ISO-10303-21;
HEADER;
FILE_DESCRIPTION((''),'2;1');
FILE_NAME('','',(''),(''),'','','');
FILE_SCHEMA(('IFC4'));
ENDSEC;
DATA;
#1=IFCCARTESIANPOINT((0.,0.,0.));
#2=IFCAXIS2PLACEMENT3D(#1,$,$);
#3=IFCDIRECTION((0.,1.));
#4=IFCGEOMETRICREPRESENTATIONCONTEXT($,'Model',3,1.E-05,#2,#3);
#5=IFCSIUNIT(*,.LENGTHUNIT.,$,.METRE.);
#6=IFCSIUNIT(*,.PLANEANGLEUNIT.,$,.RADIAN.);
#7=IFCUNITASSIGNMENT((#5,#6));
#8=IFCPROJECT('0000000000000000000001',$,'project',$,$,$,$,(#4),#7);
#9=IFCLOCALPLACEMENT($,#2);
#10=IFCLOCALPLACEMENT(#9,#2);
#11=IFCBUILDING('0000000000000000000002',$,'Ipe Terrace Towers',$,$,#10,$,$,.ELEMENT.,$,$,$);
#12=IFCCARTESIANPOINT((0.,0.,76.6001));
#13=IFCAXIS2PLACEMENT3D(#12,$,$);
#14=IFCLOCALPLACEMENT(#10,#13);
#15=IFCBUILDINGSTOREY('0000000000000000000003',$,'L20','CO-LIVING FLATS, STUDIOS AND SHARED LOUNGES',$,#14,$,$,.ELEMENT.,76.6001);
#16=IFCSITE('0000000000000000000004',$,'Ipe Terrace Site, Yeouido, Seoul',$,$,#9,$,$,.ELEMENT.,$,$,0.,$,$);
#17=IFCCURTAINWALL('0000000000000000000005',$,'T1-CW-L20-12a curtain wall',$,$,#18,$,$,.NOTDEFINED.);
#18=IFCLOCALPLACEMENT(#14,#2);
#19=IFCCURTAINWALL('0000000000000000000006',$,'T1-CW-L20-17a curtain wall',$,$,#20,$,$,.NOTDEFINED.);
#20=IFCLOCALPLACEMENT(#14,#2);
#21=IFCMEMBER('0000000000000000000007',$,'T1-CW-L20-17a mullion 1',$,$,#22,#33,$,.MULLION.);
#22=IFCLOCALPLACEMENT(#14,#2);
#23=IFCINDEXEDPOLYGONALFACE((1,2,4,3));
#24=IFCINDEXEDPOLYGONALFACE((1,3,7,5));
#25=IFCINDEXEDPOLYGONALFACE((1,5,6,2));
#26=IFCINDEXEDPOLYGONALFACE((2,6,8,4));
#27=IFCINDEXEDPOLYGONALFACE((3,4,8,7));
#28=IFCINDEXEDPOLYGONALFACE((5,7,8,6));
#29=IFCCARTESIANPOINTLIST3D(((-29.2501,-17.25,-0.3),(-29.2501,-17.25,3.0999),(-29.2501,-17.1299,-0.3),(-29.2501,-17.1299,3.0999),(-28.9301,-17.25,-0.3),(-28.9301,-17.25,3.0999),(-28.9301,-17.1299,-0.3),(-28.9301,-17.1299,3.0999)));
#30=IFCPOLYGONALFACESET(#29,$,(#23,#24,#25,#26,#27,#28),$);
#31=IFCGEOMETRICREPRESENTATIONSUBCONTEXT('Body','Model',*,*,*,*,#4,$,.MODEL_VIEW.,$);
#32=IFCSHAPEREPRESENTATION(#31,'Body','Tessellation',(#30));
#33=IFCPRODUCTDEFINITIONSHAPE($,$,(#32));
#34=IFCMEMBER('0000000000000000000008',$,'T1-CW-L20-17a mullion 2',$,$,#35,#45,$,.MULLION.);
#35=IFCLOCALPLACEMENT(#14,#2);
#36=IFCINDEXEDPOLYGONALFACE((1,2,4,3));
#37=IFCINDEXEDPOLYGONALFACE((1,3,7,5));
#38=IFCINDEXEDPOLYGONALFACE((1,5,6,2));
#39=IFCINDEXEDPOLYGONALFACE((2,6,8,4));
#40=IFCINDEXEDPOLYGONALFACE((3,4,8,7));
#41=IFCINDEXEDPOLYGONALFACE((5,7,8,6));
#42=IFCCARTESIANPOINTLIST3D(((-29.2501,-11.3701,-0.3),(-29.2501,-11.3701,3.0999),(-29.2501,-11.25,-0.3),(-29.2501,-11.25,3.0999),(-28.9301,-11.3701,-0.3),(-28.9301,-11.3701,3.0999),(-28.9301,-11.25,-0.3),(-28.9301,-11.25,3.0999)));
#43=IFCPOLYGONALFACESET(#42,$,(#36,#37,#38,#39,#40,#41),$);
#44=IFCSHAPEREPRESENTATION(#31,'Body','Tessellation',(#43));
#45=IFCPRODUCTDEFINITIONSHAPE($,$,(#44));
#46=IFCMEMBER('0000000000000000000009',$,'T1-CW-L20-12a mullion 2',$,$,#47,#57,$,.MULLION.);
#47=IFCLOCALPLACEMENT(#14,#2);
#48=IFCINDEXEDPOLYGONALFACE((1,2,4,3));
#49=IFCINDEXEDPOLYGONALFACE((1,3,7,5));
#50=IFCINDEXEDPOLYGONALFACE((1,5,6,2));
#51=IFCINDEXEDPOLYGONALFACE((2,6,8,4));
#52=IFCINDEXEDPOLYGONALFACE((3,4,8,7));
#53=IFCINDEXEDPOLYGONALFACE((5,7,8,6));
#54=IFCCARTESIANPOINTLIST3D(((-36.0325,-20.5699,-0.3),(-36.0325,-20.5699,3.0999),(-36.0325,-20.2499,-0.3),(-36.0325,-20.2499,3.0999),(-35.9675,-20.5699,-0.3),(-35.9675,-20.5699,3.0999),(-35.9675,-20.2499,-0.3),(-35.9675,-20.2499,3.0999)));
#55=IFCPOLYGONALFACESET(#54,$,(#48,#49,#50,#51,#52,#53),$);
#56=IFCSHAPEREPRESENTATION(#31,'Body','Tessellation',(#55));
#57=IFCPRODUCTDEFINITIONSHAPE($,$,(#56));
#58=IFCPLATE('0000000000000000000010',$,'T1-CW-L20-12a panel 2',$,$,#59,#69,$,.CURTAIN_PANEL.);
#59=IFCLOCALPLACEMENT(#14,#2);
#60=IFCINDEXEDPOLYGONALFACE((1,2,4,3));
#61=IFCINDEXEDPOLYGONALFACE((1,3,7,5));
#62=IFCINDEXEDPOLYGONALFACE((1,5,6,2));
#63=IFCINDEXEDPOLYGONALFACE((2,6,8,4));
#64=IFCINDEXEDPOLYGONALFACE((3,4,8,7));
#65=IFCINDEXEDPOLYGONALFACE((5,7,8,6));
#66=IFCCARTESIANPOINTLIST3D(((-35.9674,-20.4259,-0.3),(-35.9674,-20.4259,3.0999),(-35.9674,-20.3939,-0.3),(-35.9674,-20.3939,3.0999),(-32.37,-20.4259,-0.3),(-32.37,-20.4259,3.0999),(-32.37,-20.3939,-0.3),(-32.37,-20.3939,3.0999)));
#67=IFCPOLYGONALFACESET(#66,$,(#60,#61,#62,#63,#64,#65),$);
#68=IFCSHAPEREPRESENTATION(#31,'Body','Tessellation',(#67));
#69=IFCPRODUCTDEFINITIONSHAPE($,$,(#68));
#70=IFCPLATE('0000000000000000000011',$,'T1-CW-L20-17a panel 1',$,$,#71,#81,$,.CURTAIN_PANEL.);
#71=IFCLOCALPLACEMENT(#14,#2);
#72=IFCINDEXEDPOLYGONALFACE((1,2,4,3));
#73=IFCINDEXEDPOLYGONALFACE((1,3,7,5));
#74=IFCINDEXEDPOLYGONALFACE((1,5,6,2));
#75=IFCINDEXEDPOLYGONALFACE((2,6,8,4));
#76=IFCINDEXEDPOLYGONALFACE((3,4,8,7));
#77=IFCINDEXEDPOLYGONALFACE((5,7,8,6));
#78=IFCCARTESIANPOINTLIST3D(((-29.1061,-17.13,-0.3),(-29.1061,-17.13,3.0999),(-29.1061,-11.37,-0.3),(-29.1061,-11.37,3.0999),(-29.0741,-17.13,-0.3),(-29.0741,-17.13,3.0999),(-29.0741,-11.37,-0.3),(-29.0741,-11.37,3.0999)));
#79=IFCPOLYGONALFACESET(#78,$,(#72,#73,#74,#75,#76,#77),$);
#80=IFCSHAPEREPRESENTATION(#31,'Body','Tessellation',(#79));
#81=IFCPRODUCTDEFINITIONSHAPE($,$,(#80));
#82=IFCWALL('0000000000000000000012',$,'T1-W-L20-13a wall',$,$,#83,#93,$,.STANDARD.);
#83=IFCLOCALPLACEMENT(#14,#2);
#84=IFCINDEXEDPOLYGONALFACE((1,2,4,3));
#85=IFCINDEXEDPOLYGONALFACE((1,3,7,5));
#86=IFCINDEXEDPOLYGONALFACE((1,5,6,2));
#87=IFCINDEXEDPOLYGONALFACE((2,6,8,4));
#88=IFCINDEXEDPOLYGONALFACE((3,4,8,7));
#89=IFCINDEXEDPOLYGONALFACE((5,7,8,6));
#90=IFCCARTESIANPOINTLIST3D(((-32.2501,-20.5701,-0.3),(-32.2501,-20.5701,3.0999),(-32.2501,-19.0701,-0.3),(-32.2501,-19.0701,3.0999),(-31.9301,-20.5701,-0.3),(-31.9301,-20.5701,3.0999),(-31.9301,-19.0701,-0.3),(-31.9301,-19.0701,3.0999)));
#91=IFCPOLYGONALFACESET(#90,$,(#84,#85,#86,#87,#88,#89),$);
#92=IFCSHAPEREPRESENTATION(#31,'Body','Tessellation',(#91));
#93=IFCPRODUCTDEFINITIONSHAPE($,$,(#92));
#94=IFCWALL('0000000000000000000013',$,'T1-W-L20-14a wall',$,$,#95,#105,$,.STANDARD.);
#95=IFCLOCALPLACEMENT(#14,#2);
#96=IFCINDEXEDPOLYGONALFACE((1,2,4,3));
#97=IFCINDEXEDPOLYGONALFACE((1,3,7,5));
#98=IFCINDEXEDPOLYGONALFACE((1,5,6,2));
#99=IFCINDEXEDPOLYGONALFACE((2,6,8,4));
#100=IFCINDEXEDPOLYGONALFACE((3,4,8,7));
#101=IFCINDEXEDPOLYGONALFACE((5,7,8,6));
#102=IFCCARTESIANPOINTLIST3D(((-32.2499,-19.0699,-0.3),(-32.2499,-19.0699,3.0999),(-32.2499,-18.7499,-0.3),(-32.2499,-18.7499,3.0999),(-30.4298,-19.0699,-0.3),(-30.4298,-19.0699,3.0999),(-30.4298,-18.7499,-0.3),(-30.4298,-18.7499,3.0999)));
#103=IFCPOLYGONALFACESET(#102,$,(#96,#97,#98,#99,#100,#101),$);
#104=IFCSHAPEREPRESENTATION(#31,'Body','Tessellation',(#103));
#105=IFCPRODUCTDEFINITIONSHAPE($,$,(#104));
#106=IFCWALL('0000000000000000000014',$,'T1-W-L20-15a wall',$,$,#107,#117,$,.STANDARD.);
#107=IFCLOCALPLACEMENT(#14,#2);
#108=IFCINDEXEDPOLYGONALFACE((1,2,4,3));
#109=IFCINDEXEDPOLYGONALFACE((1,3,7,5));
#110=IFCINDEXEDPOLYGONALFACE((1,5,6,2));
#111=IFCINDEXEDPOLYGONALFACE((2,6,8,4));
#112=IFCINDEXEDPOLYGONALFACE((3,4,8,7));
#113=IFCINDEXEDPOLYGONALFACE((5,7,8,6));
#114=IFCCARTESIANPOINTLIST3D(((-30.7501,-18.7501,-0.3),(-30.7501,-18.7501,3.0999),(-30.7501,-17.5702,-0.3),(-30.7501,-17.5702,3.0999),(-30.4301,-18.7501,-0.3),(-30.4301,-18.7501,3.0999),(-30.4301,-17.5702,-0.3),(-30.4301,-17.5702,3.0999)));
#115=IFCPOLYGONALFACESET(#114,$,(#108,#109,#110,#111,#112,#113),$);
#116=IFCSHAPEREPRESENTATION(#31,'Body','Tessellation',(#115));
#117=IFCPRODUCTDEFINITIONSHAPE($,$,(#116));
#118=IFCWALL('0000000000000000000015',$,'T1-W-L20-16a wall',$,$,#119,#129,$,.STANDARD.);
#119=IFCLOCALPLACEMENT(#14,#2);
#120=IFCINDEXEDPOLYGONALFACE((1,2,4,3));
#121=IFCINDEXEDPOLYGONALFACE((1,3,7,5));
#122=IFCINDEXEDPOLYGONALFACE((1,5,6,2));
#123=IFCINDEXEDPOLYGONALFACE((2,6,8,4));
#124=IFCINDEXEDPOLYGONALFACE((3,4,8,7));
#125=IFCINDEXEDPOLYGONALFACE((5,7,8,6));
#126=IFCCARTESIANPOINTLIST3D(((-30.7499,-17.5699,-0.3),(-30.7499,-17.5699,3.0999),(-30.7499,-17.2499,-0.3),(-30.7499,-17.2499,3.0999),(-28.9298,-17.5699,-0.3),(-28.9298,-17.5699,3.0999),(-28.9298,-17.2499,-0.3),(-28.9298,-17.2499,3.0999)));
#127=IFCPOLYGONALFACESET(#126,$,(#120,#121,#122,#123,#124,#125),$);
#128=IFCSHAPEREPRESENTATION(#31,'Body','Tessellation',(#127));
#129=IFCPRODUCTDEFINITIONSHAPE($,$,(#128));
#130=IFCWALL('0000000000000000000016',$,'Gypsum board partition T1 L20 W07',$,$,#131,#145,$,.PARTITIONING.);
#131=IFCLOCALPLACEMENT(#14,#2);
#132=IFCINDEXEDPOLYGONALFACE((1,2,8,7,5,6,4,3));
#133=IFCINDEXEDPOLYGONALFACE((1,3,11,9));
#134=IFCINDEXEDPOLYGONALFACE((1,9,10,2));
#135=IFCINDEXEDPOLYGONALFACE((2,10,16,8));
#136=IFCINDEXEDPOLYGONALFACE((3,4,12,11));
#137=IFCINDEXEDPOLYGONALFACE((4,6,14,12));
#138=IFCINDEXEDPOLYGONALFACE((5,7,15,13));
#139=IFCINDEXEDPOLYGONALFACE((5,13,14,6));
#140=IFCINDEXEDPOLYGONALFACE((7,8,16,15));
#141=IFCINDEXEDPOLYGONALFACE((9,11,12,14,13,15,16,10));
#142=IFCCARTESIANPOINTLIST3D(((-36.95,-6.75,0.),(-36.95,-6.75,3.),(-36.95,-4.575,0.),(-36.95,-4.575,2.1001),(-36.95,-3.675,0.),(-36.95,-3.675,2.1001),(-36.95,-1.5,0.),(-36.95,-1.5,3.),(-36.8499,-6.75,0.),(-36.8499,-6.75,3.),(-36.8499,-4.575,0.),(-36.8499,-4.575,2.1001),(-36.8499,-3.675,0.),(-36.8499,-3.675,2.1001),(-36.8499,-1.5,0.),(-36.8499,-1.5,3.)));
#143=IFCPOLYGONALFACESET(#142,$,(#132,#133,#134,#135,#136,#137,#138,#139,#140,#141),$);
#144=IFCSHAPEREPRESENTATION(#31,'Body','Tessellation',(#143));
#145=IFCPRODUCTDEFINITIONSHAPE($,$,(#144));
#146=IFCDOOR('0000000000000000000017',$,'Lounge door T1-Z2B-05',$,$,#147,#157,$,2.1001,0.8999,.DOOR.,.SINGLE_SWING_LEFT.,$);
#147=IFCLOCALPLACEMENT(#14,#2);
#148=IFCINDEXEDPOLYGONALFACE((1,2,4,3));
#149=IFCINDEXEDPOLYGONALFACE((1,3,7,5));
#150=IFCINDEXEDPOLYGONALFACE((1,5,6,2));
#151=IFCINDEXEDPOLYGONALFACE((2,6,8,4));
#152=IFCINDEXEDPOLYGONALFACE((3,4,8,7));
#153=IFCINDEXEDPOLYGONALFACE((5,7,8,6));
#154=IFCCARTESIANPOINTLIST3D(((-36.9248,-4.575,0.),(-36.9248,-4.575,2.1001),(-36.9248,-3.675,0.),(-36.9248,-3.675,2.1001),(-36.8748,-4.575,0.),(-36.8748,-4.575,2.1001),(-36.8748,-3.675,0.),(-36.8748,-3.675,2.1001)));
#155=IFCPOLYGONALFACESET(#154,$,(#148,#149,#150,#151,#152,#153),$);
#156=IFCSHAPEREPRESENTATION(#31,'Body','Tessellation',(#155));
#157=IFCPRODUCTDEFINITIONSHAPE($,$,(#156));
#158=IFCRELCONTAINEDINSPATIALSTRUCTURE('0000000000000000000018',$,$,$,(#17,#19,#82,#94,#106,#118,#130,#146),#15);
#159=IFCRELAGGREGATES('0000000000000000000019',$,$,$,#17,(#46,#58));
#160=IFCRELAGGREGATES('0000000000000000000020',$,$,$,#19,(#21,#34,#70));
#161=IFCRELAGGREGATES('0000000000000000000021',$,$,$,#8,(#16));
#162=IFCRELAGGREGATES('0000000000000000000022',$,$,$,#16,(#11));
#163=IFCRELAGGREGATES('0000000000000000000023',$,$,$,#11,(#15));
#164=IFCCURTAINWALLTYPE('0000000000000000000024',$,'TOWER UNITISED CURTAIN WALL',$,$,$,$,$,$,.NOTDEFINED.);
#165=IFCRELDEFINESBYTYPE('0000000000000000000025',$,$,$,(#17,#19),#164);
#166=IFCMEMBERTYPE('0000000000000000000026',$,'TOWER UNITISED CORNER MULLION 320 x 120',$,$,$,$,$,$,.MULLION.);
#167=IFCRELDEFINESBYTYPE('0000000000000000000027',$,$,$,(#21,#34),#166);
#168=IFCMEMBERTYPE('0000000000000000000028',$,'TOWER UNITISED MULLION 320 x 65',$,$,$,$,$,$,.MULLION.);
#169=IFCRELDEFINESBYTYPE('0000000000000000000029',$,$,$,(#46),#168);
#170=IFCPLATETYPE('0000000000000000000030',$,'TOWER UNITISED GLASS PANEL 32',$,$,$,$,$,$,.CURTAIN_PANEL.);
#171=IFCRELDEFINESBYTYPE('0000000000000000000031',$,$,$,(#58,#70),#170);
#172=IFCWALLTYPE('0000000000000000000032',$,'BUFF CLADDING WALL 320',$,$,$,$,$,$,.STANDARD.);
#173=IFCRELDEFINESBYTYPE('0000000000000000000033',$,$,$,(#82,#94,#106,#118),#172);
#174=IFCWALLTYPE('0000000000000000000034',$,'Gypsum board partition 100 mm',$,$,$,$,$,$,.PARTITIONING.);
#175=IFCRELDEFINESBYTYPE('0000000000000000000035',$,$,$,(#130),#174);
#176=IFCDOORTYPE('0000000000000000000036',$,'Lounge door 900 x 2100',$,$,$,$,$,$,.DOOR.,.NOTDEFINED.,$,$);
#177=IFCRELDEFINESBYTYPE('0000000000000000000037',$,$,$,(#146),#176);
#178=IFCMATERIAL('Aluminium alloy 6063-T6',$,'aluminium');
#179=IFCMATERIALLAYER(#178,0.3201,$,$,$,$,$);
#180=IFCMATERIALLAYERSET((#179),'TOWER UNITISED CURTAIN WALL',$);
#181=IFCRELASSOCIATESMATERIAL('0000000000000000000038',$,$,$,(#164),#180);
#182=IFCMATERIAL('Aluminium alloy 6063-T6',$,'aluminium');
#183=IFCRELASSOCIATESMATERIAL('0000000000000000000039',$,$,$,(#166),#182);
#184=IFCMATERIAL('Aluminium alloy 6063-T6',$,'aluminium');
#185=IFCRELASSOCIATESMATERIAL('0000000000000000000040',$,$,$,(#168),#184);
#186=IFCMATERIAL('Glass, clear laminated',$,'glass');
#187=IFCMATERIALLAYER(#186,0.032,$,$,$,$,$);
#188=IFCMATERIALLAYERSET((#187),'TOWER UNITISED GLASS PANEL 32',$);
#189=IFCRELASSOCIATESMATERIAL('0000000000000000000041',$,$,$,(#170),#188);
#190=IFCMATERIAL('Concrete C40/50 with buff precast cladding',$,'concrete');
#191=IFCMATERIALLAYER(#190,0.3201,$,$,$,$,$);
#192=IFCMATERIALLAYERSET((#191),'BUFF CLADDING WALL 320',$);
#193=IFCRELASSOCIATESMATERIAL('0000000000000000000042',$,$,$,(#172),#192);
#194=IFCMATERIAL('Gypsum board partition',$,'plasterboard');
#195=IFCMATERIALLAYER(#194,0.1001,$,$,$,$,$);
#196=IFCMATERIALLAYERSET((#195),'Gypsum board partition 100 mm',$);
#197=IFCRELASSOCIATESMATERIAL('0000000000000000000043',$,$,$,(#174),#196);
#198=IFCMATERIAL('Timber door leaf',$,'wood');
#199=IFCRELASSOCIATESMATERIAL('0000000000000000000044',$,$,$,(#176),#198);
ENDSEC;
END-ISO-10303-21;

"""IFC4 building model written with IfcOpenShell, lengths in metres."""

from ifc_helpers import new_model, si_unit, direction, frame, frame_2d, origin, origin_2d, place, context, subcontext, project, spatial, rectangle, extrude, material, layer, layer_set, material_profile, profile_set, type_object, element, fill, aggregate, save


model = new_model("IFC4")

# Units and contexts
model_context = context("Model", 3, precision=1e-05, world=origin(), true_north=direction((0.0, 1.0)))
body_context = subcontext(model_context, "Body", "Model", "MODEL_VIEW")
ifc_project = project(units=[si_unit("LENGTHUNIT", "METRE"), si_unit("PLANEANGLEUNIT", "RADIAN")], contexts=[model_context])

# Site, building, storey
site_placement = place(None, origin())
site = spatial("IfcSite", under=ifc_project, at=site_placement, Name="Ipe Terrace Site, Yeouido, Seoul", CompositionType="ELEMENT", RefElevation=0.0)
building_placement = place(site_placement, origin())
building = spatial("IfcBuilding", under=site, at=building_placement, Name="Ipe Terrace Towers", CompositionType="ELEMENT")
storey_placement = place(building_placement, frame((0.0, 0.0, 76.6001)))
storey = spatial("IfcBuildingStorey", under=building, at=storey_placement, Name="L20", Description="CO-LIVING FLATS, STUDIOS AND SHARED LOUNGES", CompositionType="ELEMENT", Elevation=76.6001)

# Curtain wall
ifc_material_1 = material(Name="Aluminium alloy 6063-T6", Category="aluminium")
ifc_layer_1 = layer(ifc_material_1, 0.3201)
ifc_layer_set_1 = layer_set([ifc_layer_1], Name="TOWER UNITISED CURTAIN WALL")
curtain_wall_type = type_object("IfcCurtainWallType", Name="TOWER UNITISED CURTAIN WALL", PredefinedType="NOTDEFINED", material=ifc_layer_set_1)
curtain_wall_1_placement = place(storey_placement, origin())
curtain_wall_1 = element("IfcCurtainWall", 1, at=curtain_wall_1_placement, inside=storey, type_object=curtain_wall_type, Name="T1-CW-L20-12a curtain wall", PredefinedType="NOTDEFINED")
ifc_material_2 = material(Name="Aluminium alloy 6063-T6", Category="aluminium")
ifc_material_profile_1 = material_profile(ifc_material_2, rectangle(XDim=0.3201, YDim=0.1201, at=origin_2d()), Name="TOWER UNITISED CORNER MULLION 320 x 120")
ifc_profile_set_1 = profile_set([ifc_material_profile_1], Name="Aluminium alloy 6063-T6")
member_type_1 = type_object("IfcMemberType", Name="TOWER UNITISED CORNER MULLION 320 x 120", PredefinedType="MULLION", material=ifc_profile_set_1)

# Curtain wall, members
curtain_wall_2_placement = place(storey_placement, origin())
curtain_wall_2 = element("IfcCurtainWall", 2, at=curtain_wall_2_placement, inside=storey, type_object=curtain_wall_type, Name="T1-CW-L20-17a curtain wall", PredefinedType="NOTDEFINED")
member_1_placement = place(storey_placement, frame((-29.0901, -17.1899, -0.3), z_axis=(0.0, 0.0, 1.0), x_axis=(1.0, 0.0, 0.0)))
member_1 = element("IfcMember", 3, at=member_1_placement, type_object=member_type_1, Name="T1-CW-L20-17a mullion 1", PredefinedType="MULLION", context=body_context, shape_type="SweptSolid", body=[
    extrude(rectangle(XDim=0.3201, YDim=0.1201, at=origin_2d()), origin(), (0.0, 0.0, 1.0), 3.3999),
])
member_2_placement = place(storey_placement, frame((-29.0901, -11.3101, -0.3), z_axis=(0.0, 0.0, 1.0), x_axis=(1.0, 0.0, 0.0)))
member_2 = element("IfcMember", 4, at=member_2_placement, type_object=member_type_1, Name="T1-CW-L20-17a mullion 2", PredefinedType="MULLION", context=body_context, shape_type="SweptSolid", body=[
    extrude(rectangle(XDim=0.3201, YDim=0.1201, at=origin_2d()), origin(), (0.0, 0.0, 1.0), 3.3999),
])

# Member
ifc_material_3 = material(Name="Aluminium alloy 6063-T6", Category="aluminium")
ifc_material_profile_2 = material_profile(ifc_material_3, rectangle(XDim=0.3201, YDim=0.0649, at=origin_2d()), Name="TOWER UNITISED MULLION 320 x 65")
ifc_profile_set_2 = profile_set([ifc_material_profile_2], Name="Aluminium alloy 6063-T6")
member_type_2 = type_object("IfcMemberType", Name="TOWER UNITISED MULLION 320 x 65", PredefinedType="MULLION", material=ifc_profile_set_2)
member_3_placement = place(storey_placement, frame((-36.0, -20.4099, -0.3), z_axis=(0.0, 0.0, 1.0), x_axis=(0.0, -1.0, 0.0)))
member_3 = element("IfcMember", 5, at=member_3_placement, type_object=member_type_2, Name="T1-CW-L20-12a mullion 2", PredefinedType="MULLION", context=body_context, shape_type="SweptSolid", body=[
    extrude(rectangle(XDim=0.3201, YDim=0.0649, at=origin_2d()), origin(), (0.0, 0.0, 1.0), 3.3999),
])

# Plates
ifc_material_4 = material(Name="Glass, clear laminated", Category="glass")
ifc_layer_2 = layer(ifc_material_4, 0.032)
ifc_layer_set_2 = layer_set([ifc_layer_2], Name="TOWER UNITISED GLASS PANEL 32")
plate_type = type_object("IfcPlateType", Name="TOWER UNITISED GLASS PANEL 32", PredefinedType="CURTAIN_PANEL", material=ifc_layer_set_2)
plate_1_placement = place(storey_placement, frame((-34.1687, -20.4099, -0.3), z_axis=(0.0, 0.0, 1.0), x_axis=(1.0, 0.0, 0.0)))
plate_1 = element("IfcPlate", 6, at=plate_1_placement, type_object=plate_type, Name="T1-CW-L20-12a panel 2", PredefinedType="CURTAIN_PANEL", context=body_context, shape_type="SweptSolid", body=[
    extrude(rectangle(XDim=3.5974, YDim=0.032, at=origin_2d()), origin(), (0.0, 0.0, 1.0), 3.3999),
])
aggregate(curtain_wall_1, [member_3, plate_1])
plate_2_placement = place(storey_placement, frame((-29.0901, -14.25, -0.3), z_axis=(0.0, 0.0, 1.0), x_axis=(0.0, 1.0, 0.0)))
plate_2 = element("IfcPlate", 7, at=plate_2_placement, type_object=plate_type, Name="T1-CW-L20-17a panel 1", PredefinedType="CURTAIN_PANEL", context=body_context, shape_type="SweptSolid", body=[
    extrude(rectangle(XDim=5.76, YDim=0.032, at=origin_2d()), origin(), (0.0, 0.0, 1.0), 3.3999),
])
aggregate(curtain_wall_2, [member_1, member_2, plate_2])

# Walls
ifc_material_5 = material(Name="Concrete C40/50 with buff precast cladding", Category="concrete")
ifc_layer_3 = layer(ifc_material_5, 0.3201)
ifc_layer_set_3 = layer_set([ifc_layer_3], Name="BUFF CLADDING WALL 320")
wall_type_1 = type_object("IfcWallType", Name="BUFF CLADDING WALL 320", PredefinedType="STANDARD", material=ifc_layer_set_3)
wall_1_placement = place(storey_placement, frame((-32.0901, -20.5701, -0.3), z_axis=(0.0, 0.0, 1.0), x_axis=(0.0, 1.0, 0.0)))
element("IfcWall", 8, at=wall_1_placement, inside=storey, type_object=wall_type_1, Name="T1-W-L20-13a wall", PredefinedType="STANDARD", context=body_context, shape_type="SweptSolid", body=[
    extrude(rectangle(XDim=1.5, YDim=0.3201, at=frame_2d((0.75, 0.0))), origin(), (0.0, 0.0, 1.0), 3.3999),
])
wall_2_placement = place(storey_placement, frame((-32.25, -18.9099, -0.3), z_axis=(0.0, 0.0, 1.0), x_axis=(1.0, 0.0, 0.0)))
element("IfcWall", 9, at=wall_2_placement, inside=storey, type_object=wall_type_1, Name="T1-W-L20-14a wall", PredefinedType="STANDARD", context=body_context, shape_type="SweptSolid", body=[
    extrude(rectangle(XDim=1.8201, YDim=0.3201, at=frame_2d((0.9102, 0.0))), origin(), (0.0, 0.0, 1.0), 3.3999),
])
wall_3_placement = place(storey_placement, frame((-30.5901, -18.75, -0.3), z_axis=(0.0, 0.0, 1.0), x_axis=(0.0, 1.0, 0.0)))
element("IfcWall", 10, at=wall_3_placement, inside=storey, type_object=wall_type_1, Name="T1-W-L20-15a wall", PredefinedType="STANDARD", context=body_context, shape_type="SweptSolid", body=[
    extrude(rectangle(XDim=1.1799, YDim=0.3201, at=frame_2d((0.5898, 0.0))), origin(), (0.0, 0.0, 1.0), 3.3999),
])
wall_4_placement = place(storey_placement, frame((-30.75, -17.4099, -0.3), z_axis=(0.0, 0.0, 1.0), x_axis=(1.0, 0.0, 0.0)))
element("IfcWall", 11, at=wall_4_placement, inside=storey, type_object=wall_type_1, Name="T1-W-L20-16a wall", PredefinedType="STANDARD", context=body_context, shape_type="SweptSolid", body=[
    extrude(rectangle(XDim=1.8201, YDim=0.3201, at=frame_2d((0.9102, 0.0))), origin(), (0.0, 0.0, 1.0), 3.3999),
])

# Wall, opening, door
ifc_material_6 = material(Name="Gypsum board partition", Category="plasterboard")
ifc_layer_4 = layer(ifc_material_6, 0.1001)
ifc_layer_set_4 = layer_set([ifc_layer_4], Name="Gypsum board partition 100 mm")
wall_type_2 = type_object("IfcWallType", Name="Gypsum board partition 100 mm", PredefinedType="PARTITIONING", material=ifc_layer_set_4)
wall_5_placement = place(storey_placement, frame((-36.8999, -6.75, 0.0), z_axis=(0.0, 0.0, 1.0), x_axis=(0.0, 1.0, 0.0)))
wall_5 = element("IfcWall", 12, at=wall_5_placement, inside=storey, type_object=wall_type_2, Name="Gypsum board partition T1 L20 W07", PredefinedType="PARTITIONING", context=body_context, shape_type="SweptSolid", body=[
    extrude(rectangle(XDim=5.25, YDim=0.1001, at=frame_2d((2.625, 0.0))), origin(), (0.0, 0.0, 1.0), 3.0),
])
opening_1_placement = place(wall_5_placement, frame((2.175, 0.0, 0.0)))
opening_1 = element("IfcOpeningElement", 13, at=opening_1_placement, cuts=wall_5, PredefinedType="OPENING", context=body_context, shape_type="SweptSolid", body=[
    extrude(rectangle(XDim=0.8999, YDim=2.1001, at=frame_2d((0.45, 1.05))), frame((0.0, 0.0601, 0.0), z_axis=(0.0, -1.0, 0.0), x_axis=(1.0, 0.0, 0.0)), (0.0, 0.0, 1.0), 0.1201),
])
ifc_material_7 = material(Name="Timber door leaf", Category="wood")
door_type_1 = type_object("IfcDoorType", Name="Lounge door 900 x 2100", OperationType="NOTDEFINED", PredefinedType="DOOR", material=ifc_material_7)
door_1_placement = place(opening_1_placement, origin())
door_1 = element("IfcDoor", 14, at=door_1_placement, inside=storey, type_object=door_type_1, Name="Lounge door T1-Z2B-05", OperationType="SINGLE_SWING_LEFT", OverallHeight=2.1001, OverallWidth=0.8999, PredefinedType="DOOR", context=body_context, shape_type="SweptSolid", body=[
    extrude(rectangle(XDim=0.8999, YDim=2.1001, at=frame_2d((0.45, 1.05))), frame((0.0, 0.0249, 0.0), z_axis=(0.0, -1.0, 0.0), x_axis=(1.0, 0.0, 0.0)), (0.0, 0.0, 1.0), 0.05),
])
fill(opening_1, door_1)

save(model, "model.ifc")
